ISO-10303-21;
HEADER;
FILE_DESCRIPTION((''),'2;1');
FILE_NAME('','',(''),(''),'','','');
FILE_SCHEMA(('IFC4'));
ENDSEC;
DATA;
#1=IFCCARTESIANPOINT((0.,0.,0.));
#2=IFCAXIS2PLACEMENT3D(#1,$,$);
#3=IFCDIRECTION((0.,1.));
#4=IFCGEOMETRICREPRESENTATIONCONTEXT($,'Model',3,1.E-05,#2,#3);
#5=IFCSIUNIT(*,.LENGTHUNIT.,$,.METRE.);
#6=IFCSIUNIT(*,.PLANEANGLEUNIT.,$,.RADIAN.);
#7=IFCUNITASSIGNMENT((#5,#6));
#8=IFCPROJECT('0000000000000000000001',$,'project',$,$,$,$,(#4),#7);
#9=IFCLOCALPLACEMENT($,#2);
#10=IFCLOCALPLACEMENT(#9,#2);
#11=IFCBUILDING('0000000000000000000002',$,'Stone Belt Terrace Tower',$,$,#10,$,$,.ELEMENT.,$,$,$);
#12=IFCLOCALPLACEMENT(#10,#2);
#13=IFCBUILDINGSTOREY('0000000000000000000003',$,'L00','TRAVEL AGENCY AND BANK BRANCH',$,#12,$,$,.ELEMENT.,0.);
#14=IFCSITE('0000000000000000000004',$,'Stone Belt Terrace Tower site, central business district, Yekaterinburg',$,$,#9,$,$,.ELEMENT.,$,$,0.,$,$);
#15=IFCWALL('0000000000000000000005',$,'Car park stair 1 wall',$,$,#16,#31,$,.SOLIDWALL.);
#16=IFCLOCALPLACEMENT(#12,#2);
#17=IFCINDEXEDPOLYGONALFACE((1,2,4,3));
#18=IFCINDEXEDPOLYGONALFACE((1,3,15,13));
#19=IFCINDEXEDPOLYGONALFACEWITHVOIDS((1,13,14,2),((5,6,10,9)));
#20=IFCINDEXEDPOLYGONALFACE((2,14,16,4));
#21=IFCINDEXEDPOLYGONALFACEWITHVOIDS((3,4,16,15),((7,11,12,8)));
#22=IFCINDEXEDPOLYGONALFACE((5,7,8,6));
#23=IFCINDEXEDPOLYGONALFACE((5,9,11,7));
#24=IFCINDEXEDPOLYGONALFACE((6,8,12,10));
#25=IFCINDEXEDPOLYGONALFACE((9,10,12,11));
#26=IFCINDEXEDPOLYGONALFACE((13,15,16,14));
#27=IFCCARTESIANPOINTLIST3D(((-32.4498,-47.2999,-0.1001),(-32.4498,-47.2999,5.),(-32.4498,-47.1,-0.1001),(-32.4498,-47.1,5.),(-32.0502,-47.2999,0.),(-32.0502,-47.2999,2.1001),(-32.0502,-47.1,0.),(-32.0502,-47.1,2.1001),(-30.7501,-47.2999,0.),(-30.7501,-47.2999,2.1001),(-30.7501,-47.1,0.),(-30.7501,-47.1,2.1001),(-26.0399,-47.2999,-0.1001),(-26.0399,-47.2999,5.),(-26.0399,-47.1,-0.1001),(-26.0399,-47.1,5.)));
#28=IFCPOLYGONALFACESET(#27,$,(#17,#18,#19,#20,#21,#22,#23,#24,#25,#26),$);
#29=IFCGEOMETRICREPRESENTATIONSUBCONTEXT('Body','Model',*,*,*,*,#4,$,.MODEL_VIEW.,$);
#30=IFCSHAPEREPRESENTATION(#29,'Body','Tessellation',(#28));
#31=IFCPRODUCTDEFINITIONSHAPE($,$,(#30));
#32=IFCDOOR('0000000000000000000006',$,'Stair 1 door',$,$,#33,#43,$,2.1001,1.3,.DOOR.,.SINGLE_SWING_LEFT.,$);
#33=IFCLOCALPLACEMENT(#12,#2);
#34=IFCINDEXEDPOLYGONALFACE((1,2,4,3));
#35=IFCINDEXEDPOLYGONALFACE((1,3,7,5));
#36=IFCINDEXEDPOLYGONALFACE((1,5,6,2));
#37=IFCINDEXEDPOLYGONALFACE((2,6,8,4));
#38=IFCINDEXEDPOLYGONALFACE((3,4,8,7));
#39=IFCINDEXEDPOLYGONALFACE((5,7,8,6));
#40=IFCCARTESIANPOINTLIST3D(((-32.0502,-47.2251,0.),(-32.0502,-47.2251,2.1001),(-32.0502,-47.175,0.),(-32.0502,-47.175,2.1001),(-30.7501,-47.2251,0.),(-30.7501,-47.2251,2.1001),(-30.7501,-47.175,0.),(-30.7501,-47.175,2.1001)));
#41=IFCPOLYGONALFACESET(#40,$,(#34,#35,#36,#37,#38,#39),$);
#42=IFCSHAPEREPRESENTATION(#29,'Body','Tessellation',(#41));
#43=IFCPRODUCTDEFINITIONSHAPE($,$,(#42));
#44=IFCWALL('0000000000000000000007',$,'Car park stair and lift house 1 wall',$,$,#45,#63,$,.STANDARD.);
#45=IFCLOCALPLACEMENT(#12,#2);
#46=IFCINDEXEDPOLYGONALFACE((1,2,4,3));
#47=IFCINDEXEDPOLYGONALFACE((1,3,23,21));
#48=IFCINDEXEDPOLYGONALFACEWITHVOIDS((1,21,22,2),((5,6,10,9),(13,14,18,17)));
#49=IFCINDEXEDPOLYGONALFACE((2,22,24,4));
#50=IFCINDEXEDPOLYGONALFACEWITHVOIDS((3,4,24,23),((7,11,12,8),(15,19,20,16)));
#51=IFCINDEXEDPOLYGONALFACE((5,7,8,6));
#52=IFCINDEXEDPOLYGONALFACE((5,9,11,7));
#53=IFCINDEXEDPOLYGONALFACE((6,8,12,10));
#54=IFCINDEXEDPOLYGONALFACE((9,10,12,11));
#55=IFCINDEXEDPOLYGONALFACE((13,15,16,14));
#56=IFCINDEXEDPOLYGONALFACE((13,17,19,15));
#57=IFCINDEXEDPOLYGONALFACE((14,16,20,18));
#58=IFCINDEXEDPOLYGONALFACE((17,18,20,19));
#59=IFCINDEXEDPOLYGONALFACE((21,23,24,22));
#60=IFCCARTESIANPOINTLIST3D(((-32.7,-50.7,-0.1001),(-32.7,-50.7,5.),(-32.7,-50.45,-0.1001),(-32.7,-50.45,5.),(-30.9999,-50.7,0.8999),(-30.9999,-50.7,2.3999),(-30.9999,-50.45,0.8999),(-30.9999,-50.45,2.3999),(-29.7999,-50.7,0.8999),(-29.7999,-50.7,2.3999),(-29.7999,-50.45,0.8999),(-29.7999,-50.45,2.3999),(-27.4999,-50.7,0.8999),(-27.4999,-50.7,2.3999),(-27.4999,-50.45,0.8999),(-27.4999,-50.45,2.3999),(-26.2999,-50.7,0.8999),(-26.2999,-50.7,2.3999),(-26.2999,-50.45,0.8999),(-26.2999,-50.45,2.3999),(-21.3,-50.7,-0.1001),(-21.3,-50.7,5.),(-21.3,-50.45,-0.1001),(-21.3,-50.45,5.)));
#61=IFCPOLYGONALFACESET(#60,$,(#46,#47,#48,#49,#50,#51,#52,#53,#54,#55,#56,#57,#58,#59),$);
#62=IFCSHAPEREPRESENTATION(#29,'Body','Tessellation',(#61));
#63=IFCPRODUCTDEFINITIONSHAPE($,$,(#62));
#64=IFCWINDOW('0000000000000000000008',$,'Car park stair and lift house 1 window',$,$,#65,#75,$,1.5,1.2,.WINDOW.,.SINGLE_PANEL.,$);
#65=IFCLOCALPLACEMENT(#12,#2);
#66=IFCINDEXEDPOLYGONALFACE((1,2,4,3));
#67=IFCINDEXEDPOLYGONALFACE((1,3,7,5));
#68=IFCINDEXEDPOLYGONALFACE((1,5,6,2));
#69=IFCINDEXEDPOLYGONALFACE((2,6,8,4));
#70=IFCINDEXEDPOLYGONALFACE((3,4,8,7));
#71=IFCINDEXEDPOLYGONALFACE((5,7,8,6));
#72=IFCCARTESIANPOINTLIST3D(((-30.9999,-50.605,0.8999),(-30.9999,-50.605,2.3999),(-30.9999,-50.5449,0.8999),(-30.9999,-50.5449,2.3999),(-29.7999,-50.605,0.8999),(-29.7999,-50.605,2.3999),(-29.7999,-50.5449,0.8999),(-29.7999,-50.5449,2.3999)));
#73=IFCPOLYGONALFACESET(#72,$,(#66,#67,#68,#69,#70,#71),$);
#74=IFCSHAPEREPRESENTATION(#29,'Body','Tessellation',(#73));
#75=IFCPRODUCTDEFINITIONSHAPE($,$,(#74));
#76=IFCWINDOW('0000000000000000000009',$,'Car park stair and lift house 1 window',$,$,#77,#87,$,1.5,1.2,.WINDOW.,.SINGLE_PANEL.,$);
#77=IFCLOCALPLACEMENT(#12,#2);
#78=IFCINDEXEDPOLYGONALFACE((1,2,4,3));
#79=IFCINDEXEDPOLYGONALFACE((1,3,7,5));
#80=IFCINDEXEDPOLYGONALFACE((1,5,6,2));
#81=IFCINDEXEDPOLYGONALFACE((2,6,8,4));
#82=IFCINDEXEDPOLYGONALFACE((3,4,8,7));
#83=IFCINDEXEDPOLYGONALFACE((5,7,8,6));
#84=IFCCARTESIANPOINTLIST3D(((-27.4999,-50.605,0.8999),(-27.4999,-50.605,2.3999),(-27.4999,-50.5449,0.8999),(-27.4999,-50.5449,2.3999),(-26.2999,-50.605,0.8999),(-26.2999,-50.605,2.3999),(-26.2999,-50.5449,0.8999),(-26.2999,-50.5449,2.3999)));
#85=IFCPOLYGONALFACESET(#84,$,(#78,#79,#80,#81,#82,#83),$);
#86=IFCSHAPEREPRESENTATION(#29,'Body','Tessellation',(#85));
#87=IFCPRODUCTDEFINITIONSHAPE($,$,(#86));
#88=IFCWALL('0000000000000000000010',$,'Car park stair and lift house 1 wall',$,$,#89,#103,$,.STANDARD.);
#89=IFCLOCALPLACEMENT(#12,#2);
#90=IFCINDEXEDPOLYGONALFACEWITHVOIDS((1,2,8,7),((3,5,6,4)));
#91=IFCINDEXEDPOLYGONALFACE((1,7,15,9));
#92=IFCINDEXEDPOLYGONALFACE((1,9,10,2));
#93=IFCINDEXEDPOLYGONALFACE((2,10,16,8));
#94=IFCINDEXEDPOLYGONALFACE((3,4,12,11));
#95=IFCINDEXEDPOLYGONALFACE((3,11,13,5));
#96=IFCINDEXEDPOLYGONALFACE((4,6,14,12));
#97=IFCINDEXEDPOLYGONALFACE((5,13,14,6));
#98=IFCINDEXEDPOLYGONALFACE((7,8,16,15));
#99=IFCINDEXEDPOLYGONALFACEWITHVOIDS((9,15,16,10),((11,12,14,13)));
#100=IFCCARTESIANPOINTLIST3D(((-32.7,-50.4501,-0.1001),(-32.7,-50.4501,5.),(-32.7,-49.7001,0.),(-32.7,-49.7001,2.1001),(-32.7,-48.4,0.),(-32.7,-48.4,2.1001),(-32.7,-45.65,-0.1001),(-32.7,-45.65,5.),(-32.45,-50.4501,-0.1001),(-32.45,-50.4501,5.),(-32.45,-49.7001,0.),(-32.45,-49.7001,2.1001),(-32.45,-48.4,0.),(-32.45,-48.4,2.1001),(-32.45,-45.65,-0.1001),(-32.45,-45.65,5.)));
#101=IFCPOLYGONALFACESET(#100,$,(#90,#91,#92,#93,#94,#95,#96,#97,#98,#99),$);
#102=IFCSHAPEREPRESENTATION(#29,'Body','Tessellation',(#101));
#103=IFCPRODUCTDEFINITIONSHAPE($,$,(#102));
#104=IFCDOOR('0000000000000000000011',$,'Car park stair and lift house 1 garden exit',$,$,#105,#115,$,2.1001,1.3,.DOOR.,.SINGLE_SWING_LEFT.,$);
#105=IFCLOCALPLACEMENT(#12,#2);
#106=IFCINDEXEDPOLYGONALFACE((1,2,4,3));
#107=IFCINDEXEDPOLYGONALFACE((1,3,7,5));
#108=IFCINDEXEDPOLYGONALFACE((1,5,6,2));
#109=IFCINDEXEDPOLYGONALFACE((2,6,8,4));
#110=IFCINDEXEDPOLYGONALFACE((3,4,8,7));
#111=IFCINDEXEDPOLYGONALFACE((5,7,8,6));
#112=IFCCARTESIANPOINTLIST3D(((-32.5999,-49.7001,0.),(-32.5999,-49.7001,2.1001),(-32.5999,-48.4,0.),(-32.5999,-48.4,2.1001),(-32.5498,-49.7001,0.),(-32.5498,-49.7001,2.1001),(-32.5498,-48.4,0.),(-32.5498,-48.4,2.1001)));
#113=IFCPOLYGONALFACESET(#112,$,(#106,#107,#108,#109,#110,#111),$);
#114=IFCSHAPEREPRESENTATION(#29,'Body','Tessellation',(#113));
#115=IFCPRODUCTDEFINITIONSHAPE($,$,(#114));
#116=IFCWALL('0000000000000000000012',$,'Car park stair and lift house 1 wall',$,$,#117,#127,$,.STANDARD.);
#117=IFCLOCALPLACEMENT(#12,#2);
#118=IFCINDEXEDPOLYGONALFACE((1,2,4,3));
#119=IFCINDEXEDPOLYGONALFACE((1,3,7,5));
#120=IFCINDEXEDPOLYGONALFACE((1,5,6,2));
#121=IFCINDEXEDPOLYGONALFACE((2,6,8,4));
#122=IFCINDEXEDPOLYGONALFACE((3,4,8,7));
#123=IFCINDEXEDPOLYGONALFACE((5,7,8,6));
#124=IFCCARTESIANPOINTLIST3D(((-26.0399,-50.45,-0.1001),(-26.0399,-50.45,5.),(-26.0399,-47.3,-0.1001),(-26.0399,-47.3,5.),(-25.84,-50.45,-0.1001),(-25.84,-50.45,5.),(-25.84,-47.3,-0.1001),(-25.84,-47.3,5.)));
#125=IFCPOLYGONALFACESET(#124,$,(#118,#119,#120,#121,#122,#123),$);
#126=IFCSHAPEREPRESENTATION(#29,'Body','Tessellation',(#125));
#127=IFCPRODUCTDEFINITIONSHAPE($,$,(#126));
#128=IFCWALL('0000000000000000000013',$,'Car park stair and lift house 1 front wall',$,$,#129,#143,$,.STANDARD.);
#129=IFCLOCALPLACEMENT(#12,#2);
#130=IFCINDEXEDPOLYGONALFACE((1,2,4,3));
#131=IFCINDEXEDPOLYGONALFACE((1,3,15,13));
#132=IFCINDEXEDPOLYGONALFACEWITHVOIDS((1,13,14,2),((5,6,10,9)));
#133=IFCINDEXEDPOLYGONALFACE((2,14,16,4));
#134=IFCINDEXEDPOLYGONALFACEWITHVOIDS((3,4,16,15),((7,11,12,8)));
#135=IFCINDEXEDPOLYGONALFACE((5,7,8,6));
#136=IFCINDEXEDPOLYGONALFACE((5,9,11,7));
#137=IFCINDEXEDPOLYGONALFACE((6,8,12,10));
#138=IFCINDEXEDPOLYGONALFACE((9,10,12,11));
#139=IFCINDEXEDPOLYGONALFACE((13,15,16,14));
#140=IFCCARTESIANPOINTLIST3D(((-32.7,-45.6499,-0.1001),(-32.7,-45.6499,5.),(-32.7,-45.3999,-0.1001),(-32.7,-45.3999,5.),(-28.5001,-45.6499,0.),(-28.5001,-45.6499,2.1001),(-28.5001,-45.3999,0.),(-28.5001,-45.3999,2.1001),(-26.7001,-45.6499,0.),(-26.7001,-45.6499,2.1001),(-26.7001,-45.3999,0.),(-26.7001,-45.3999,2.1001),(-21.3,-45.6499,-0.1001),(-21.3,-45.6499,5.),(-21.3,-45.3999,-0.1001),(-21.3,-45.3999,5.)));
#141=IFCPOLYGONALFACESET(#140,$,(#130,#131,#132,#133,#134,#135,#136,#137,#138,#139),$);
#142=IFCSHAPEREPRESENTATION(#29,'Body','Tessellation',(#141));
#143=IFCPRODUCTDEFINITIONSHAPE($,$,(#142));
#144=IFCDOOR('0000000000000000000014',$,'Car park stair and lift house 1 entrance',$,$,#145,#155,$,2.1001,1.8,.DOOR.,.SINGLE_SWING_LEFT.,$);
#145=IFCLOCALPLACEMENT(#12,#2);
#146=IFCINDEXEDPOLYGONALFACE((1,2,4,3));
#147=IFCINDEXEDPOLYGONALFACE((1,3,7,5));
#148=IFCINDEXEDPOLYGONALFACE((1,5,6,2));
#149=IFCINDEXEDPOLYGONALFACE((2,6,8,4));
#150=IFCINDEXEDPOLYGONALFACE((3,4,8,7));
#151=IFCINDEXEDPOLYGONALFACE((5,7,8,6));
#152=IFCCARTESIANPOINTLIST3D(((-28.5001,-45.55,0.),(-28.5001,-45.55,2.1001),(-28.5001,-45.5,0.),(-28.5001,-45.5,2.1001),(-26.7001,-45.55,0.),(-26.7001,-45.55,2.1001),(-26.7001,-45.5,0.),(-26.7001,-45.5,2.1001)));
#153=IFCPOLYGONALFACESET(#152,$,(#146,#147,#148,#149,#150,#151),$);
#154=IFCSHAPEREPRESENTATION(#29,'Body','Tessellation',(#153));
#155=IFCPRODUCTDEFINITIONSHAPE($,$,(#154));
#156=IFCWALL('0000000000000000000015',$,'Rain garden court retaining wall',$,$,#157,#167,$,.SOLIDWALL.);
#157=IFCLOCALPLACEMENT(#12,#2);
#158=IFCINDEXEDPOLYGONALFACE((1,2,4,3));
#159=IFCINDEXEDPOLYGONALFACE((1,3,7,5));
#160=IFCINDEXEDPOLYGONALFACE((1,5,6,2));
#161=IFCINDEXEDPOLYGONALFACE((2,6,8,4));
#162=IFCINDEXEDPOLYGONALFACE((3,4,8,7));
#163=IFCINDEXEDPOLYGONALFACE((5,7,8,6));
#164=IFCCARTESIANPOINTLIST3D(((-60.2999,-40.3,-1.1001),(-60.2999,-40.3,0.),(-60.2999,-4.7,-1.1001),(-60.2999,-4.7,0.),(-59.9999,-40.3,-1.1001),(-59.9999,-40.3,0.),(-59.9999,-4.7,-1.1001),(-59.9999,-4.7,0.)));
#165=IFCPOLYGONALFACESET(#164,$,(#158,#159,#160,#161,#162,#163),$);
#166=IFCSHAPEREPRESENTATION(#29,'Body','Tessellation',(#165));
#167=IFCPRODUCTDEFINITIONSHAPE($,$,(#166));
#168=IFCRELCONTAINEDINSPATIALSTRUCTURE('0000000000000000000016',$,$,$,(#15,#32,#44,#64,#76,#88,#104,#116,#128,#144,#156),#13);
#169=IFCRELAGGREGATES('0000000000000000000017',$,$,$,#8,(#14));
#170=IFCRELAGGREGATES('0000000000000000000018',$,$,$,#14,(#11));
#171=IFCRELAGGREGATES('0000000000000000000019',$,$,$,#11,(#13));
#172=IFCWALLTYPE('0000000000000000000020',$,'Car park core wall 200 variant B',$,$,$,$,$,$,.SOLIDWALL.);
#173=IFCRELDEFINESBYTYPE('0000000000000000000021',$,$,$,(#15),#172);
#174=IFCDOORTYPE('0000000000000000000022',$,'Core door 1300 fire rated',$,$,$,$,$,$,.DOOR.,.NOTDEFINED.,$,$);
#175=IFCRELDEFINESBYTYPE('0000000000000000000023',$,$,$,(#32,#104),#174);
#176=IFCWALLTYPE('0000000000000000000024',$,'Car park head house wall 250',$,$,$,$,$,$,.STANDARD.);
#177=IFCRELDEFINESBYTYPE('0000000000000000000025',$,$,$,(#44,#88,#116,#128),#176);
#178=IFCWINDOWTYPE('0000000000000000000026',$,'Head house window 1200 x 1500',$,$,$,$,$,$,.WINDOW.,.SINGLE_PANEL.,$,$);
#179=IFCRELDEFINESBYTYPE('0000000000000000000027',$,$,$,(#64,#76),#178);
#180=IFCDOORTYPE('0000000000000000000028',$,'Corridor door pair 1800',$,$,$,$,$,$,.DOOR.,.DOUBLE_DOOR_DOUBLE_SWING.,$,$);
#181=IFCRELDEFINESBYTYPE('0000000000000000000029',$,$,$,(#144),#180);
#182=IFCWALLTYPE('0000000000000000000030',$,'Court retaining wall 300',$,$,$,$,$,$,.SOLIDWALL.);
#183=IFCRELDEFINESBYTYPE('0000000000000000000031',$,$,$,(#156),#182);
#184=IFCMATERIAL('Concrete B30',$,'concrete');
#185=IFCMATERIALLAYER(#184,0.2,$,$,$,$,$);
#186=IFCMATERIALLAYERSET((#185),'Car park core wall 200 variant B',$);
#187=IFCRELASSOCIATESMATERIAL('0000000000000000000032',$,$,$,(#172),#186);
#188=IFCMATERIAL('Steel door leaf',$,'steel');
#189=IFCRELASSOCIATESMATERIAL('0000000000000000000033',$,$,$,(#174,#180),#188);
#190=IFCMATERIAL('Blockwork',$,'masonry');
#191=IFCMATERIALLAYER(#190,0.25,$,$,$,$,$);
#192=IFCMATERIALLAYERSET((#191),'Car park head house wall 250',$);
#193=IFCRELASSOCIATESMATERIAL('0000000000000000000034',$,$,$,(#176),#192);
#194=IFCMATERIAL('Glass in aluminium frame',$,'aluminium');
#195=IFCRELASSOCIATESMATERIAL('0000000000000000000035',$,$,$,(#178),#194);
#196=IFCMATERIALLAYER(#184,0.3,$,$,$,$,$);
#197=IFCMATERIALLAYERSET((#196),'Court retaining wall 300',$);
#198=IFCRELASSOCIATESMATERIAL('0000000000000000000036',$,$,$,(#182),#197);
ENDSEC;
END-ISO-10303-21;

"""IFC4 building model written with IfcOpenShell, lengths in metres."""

from ifc_helpers import new_model, si_unit, direction, frame, frame_2d, origin, place, context, subcontext, project, spatial, rectangle, extrude, material, layer, layer_set, type_object, element, fill, save


model = new_model("IFC4")

# Units and contexts
model_context = context("Model", 3, precision=1e-05, world=origin(), true_north=direction((0.0, 1.0)))
body_context = subcontext(model_context, "Body", "Model", "MODEL_VIEW")
ifc_project = project(units=[si_unit("LENGTHUNIT", "METRE"), si_unit("PLANEANGLEUNIT", "RADIAN")], contexts=[model_context])

# Site, building, storey
site_placement = place(None, origin())
site = spatial("IfcSite", under=ifc_project, at=site_placement, Name="Stone Belt Terrace Tower site, central business district, Yekaterinburg", CompositionType="ELEMENT", RefElevation=0.0)
building_placement = place(site_placement, origin())
building = spatial("IfcBuilding", under=site, at=building_placement, Name="Stone Belt Terrace Tower", CompositionType="ELEMENT")
storey_placement = place(building_placement, origin())
storey = spatial("IfcBuildingStorey", under=building, at=storey_placement, Name="L00", Description="TRAVEL AGENCY AND BANK BRANCH", CompositionType="ELEMENT", Elevation=0.0)

# Wall, opening, door
ifc_material_1 = material(Name="Concrete B30", Category="concrete")
ifc_layer_1 = layer(ifc_material_1, 0.2)
ifc_layer_set_1 = layer_set([ifc_layer_1], Name="Car park core wall 200 variant B")
wall_type_1 = type_object("IfcWallType", Name="Car park core wall 200 variant B", PredefinedType="SOLIDWALL", material=ifc_layer_set_1)
wall_1_placement = place(storey_placement, frame((-32.45, -47.2, -0.1001), z_axis=(0.0, 0.0, 1.0), x_axis=(1.0, 0.0, 0.0)))
wall_1 = element("IfcWall", 1, at=wall_1_placement, inside=storey, type_object=wall_type_1, Name="Car park stair 1 wall", PredefinedType="SOLIDWALL", context=body_context, shape_type="SweptSolid", body=[
    extrude(rectangle(XDim=6.4099, YDim=0.2, at=frame_2d((3.2051, 0.0))), origin(), (0.0, 0.0, 1.0), 5.1001),
])
opening_1_placement = place(wall_1_placement, frame((0.3999, 0.0, 0.1001)))
opening_1 = element("IfcOpeningElement", 2, at=opening_1_placement, cuts=wall_1, PredefinedType="OPENING", context=body_context, shape_type="SweptSolid", body=[
    extrude(rectangle(XDim=1.3, YDim=2.1001, at=frame_2d((0.6499, 1.05))), frame((0.0, 0.1099, 0.0), z_axis=(0.0, -1.0, 0.0), x_axis=(1.0, 0.0, 0.0)), (0.0, 0.0, 1.0), 0.22),
])
ifc_material_2 = material(Name="Steel door leaf", Category="steel")
door_type_1 = type_object("IfcDoorType", Name="Core door 1300 fire rated", OperationType="NOTDEFINED", PredefinedType="DOOR", material=ifc_material_2)
door_1_placement = place(opening_1_placement, origin())
door_1 = element("IfcDoor", 3, at=door_1_placement, inside=storey, type_object=door_type_1, Name="Stair 1 door", OperationType="SINGLE_SWING_LEFT", OverallHeight=2.1001, OverallWidth=1.3, PredefinedType="DOOR", context=body_context, shape_type="SweptSolid", body=[
    extrude(rectangle(XDim=1.3, YDim=2.1001, at=frame_2d((0.6499, 1.05))), frame((0.0, 0.0249, 0.0), z_axis=(0.0, -1.0, 0.0), x_axis=(1.0, 0.0, 0.0)), (0.0, 0.0, 1.0), 0.05),
])
fill(opening_1, door_1)

# Wall, openings, windows
ifc_material_3 = material(Name="Blockwork", Category="masonry")
ifc_layer_2 = layer(ifc_material_3, 0.25)
ifc_layer_set_2 = layer_set([ifc_layer_2], Name="Car park head house wall 250")
wall_type_2 = type_object("IfcWallType", Name="Car park head house wall 250", PredefinedType="STANDARD", material=ifc_layer_set_2)
wall_2_placement = place(storey_placement, frame((-32.7, -50.575, -0.1001), z_axis=(0.0, 0.0, 1.0), x_axis=(1.0, 0.0, 0.0)))
wall_2 = element("IfcWall", 4, at=wall_2_placement, inside=storey, type_object=wall_type_2, Name="Car park stair and lift house 1 wall", PredefinedType="STANDARD", context=body_context, shape_type="SweptSolid", body=[
    extrude(rectangle(XDim=11.3999, YDim=0.25, at=frame_2d((5.7, 0.0))), origin(), (0.0, 0.0, 1.0), 5.1001),
])
opening_2_placement = place(wall_2_placement, frame((1.7, 0.0, 1.0)))
opening_2 = element("IfcOpeningElement", 5, at=opening_2_placement, cuts=wall_2, PredefinedType="OPENING", context=body_context, shape_type="SweptSolid", body=[
    extrude(rectangle(XDim=1.2, YDim=1.5, at=frame_2d((0.6001, 0.75))), frame((0.0, 0.135, 0.0), z_axis=(0.0, -1.0, 0.0), x_axis=(1.0, 0.0, 0.0)), (0.0, 0.0, 1.0), 0.27),
])
opening_3_placement = place(wall_2_placement, frame((5.2, 0.0, 1.0)))
opening_3 = element("IfcOpeningElement", 6, at=opening_3_placement, cuts=wall_2, PredefinedType="OPENING", context=body_context, shape_type="SweptSolid", body=[
    extrude(rectangle(XDim=1.2, YDim=1.5, at=frame_2d((0.6001, 0.75))), frame((0.0, 0.135, 0.0), z_axis=(0.0, -1.0, 0.0), x_axis=(1.0, 0.0, 0.0)), (0.0, 0.0, 1.0), 0.27),
])
ifc_material_4 = material(Name="Glass in aluminium frame", Category="aluminium")
window_type = type_object("IfcWindowType", Name="Head house window 1200 x 1500", PartitioningType="SINGLE_PANEL", PredefinedType="WINDOW", material=ifc_material_4)
window_1_placement = place(opening_2_placement, origin())
window_1 = element("IfcWindow", 7, at=window_1_placement, inside=storey, type_object=window_type, Name="Car park stair and lift house 1 window", OverallHeight=1.5, OverallWidth=1.2, PartitioningType="SINGLE_PANEL", PredefinedType="WINDOW", context=body_context, shape_type="SweptSolid", body=[
    extrude(rectangle(XDim=1.2, YDim=1.5, at=frame_2d((0.6001, 0.75))), frame((0.0, 0.03, 0.0), z_axis=(0.0, -1.0, 0.0), x_axis=(1.0, 0.0, 0.0)), (0.0, 0.0, 1.0), 0.0601),
])
fill(opening_2, window_1)
window_2_placement = place(opening_3_placement, origin())
window_2 = element("IfcWindow", 8, at=window_2_placement, inside=storey, type_object=window_type, Name="Car park stair and lift house 1 window", OverallHeight=1.5, OverallWidth=1.2, PartitioningType="SINGLE_PANEL", PredefinedType="WINDOW", context=body_context, shape_type="SweptSolid", body=[
    extrude(rectangle(XDim=1.2, YDim=1.5, at=frame_2d((0.6001, 0.75))), frame((0.0, 0.03, 0.0), z_axis=(0.0, -1.0, 0.0), x_axis=(1.0, 0.0, 0.0)), (0.0, 0.0, 1.0), 0.0601),
])
fill(opening_3, window_2)

# Wall, opening, door
wall_3_placement = place(storey_placement, frame((-32.575, -50.45, -0.1001), z_axis=(0.0, 0.0, 1.0), x_axis=(0.0, 1.0, 0.0)))
wall_3 = element("IfcWall", 9, at=wall_3_placement, inside=storey, type_object=wall_type_2, Name="Car park stair and lift house 1 wall", PredefinedType="STANDARD", context=body_context, shape_type="SweptSolid", body=[
    extrude(rectangle(XDim=4.8, YDim=0.25, at=frame_2d((2.3999, 0.0))), origin(), (0.0, 0.0, 1.0), 5.1001),
])
opening_4_placement = place(wall_3_placement, frame((0.75, 0.0, 0.1001)))
opening_4 = element("IfcOpeningElement", 10, at=opening_4_placement, cuts=wall_3, PredefinedType="OPENING", context=body_context, shape_type="SweptSolid", body=[
    extrude(rectangle(XDim=1.3, YDim=2.1001, at=frame_2d((0.6499, 1.05))), frame((0.0, 0.135, 0.0), z_axis=(0.0, -1.0, 0.0), x_axis=(1.0, 0.0, 0.0)), (0.0, 0.0, 1.0), 0.27),
])
door_2_placement = place(opening_4_placement, origin())
door_2 = element("IfcDoor", 11, at=door_2_placement, inside=storey, type_object=door_type_1, Name="Car park stair and lift house 1 garden exit", OperationType="SINGLE_SWING_LEFT", OverallHeight=2.1001, OverallWidth=1.3, PredefinedType="DOOR", context=body_context, shape_type="SweptSolid", body=[
    extrude(rectangle(XDim=1.3, YDim=2.1001, at=frame_2d((0.6499, 1.05))), frame((0.0, 0.0249, 0.0), z_axis=(0.0, -1.0, 0.0), x_axis=(1.0, 0.0, 0.0)), (0.0, 0.0, 1.0), 0.05),
])
fill(opening_4, door_2)

# Wall
wall_4_placement = place(storey_placement, frame((-25.9399, -50.45, -0.1001), z_axis=(0.0, 0.0, 1.0), x_axis=(0.0, 1.0, 0.0)))
element("IfcWall", 12, at=wall_4_placement, inside=storey, type_object=wall_type_2, Name="Car park stair and lift house 1 wall", PredefinedType="STANDARD", context=body_context, shape_type="SweptSolid", body=[
    extrude(rectangle(XDim=3.1499, YDim=0.2, at=frame_2d((1.575, 0.0))), origin(), (0.0, 0.0, 1.0), 5.1001),
])

# Wall, opening, door
wall_5_placement = place(storey_placement, frame((-32.7, -45.5249, -0.1001), z_axis=(0.0, 0.0, 1.0), x_axis=(1.0, 0.0, 0.0)))
wall_5 = element("IfcWall", 13, at=wall_5_placement, inside=storey, type_object=wall_type_2, Name="Car park stair and lift house 1 front wall", PredefinedType="STANDARD", context=body_context, shape_type="SweptSolid", body=[
    extrude(rectangle(XDim=11.3999, YDim=0.25, at=frame_2d((5.7, 0.0))), origin(), (0.0, 0.0, 1.0), 5.1001),
])
opening_5_placement = place(wall_5_placement, frame((4.2, 0.0, 0.1001)))
opening_5 = element("IfcOpeningElement", 14, at=opening_5_placement, cuts=wall_5, PredefinedType="OPENING", context=body_context, shape_type="SweptSolid", body=[
    extrude(rectangle(XDim=1.8, YDim=2.1001, at=frame_2d((0.8999, 1.05))), frame((0.0, 0.135, 0.0), z_axis=(0.0, -1.0, 0.0), x_axis=(1.0, 0.0, 0.0)), (0.0, 0.0, 1.0), 0.27),
])
door_type_2 = type_object("IfcDoorType", Name="Corridor door pair 1800", OperationType="DOUBLE_DOOR_DOUBLE_SWING", PredefinedType="DOOR", material=ifc_material_2)
door_3_placement = place(opening_5_placement, origin())
door_3 = element("IfcDoor", 15, at=door_3_placement, inside=storey, type_object=door_type_2, Name="Car park stair and lift house 1 entrance", OperationType="SINGLE_SWING_LEFT", OverallHeight=2.1001, OverallWidth=1.8, PredefinedType="DOOR", context=body_context, shape_type="SweptSolid", body=[
    extrude(rectangle(XDim=1.8, YDim=2.1001, at=frame_2d((0.8999, 1.05))), frame((0.0, 0.0249, 0.0), z_axis=(0.0, -1.0, 0.0), x_axis=(1.0, 0.0, 0.0)), (0.0, 0.0, 1.0), 0.05),
])
fill(opening_5, door_3)

# Wall
ifc_layer_3 = layer(ifc_material_1, 0.3)
ifc_layer_set_3 = layer_set([ifc_layer_3], Name="Court retaining wall 300")
wall_type_3 = type_object("IfcWallType", Name="Court retaining wall 300", PredefinedType="SOLIDWALL", material=ifc_layer_set_3)
for number, where, z_axis, x_axis, name in (
    (16, (-60.1499, -40.3, -1.1001), (0.0, 0.0, 1.0), (0.0, 1.0, 0.0), "Rain garden court retaining wall"),
):
    element("IfcWall", number, at=place(storey_placement, frame(where, z_axis=z_axis, x_axis=x_axis)), inside=storey, type_object=wall_type_3, Name=name, PredefinedType="SOLIDWALL", context=body_context, shape_type="SweptSolid", body=[
        extrude(rectangle(XDim=35.6001, YDim=0.3, at=frame_2d((17.8, 0.0))), origin(), (0.0, 0.0, 1.0), 1.1001),
    ])

save(model, "model.ifc")
